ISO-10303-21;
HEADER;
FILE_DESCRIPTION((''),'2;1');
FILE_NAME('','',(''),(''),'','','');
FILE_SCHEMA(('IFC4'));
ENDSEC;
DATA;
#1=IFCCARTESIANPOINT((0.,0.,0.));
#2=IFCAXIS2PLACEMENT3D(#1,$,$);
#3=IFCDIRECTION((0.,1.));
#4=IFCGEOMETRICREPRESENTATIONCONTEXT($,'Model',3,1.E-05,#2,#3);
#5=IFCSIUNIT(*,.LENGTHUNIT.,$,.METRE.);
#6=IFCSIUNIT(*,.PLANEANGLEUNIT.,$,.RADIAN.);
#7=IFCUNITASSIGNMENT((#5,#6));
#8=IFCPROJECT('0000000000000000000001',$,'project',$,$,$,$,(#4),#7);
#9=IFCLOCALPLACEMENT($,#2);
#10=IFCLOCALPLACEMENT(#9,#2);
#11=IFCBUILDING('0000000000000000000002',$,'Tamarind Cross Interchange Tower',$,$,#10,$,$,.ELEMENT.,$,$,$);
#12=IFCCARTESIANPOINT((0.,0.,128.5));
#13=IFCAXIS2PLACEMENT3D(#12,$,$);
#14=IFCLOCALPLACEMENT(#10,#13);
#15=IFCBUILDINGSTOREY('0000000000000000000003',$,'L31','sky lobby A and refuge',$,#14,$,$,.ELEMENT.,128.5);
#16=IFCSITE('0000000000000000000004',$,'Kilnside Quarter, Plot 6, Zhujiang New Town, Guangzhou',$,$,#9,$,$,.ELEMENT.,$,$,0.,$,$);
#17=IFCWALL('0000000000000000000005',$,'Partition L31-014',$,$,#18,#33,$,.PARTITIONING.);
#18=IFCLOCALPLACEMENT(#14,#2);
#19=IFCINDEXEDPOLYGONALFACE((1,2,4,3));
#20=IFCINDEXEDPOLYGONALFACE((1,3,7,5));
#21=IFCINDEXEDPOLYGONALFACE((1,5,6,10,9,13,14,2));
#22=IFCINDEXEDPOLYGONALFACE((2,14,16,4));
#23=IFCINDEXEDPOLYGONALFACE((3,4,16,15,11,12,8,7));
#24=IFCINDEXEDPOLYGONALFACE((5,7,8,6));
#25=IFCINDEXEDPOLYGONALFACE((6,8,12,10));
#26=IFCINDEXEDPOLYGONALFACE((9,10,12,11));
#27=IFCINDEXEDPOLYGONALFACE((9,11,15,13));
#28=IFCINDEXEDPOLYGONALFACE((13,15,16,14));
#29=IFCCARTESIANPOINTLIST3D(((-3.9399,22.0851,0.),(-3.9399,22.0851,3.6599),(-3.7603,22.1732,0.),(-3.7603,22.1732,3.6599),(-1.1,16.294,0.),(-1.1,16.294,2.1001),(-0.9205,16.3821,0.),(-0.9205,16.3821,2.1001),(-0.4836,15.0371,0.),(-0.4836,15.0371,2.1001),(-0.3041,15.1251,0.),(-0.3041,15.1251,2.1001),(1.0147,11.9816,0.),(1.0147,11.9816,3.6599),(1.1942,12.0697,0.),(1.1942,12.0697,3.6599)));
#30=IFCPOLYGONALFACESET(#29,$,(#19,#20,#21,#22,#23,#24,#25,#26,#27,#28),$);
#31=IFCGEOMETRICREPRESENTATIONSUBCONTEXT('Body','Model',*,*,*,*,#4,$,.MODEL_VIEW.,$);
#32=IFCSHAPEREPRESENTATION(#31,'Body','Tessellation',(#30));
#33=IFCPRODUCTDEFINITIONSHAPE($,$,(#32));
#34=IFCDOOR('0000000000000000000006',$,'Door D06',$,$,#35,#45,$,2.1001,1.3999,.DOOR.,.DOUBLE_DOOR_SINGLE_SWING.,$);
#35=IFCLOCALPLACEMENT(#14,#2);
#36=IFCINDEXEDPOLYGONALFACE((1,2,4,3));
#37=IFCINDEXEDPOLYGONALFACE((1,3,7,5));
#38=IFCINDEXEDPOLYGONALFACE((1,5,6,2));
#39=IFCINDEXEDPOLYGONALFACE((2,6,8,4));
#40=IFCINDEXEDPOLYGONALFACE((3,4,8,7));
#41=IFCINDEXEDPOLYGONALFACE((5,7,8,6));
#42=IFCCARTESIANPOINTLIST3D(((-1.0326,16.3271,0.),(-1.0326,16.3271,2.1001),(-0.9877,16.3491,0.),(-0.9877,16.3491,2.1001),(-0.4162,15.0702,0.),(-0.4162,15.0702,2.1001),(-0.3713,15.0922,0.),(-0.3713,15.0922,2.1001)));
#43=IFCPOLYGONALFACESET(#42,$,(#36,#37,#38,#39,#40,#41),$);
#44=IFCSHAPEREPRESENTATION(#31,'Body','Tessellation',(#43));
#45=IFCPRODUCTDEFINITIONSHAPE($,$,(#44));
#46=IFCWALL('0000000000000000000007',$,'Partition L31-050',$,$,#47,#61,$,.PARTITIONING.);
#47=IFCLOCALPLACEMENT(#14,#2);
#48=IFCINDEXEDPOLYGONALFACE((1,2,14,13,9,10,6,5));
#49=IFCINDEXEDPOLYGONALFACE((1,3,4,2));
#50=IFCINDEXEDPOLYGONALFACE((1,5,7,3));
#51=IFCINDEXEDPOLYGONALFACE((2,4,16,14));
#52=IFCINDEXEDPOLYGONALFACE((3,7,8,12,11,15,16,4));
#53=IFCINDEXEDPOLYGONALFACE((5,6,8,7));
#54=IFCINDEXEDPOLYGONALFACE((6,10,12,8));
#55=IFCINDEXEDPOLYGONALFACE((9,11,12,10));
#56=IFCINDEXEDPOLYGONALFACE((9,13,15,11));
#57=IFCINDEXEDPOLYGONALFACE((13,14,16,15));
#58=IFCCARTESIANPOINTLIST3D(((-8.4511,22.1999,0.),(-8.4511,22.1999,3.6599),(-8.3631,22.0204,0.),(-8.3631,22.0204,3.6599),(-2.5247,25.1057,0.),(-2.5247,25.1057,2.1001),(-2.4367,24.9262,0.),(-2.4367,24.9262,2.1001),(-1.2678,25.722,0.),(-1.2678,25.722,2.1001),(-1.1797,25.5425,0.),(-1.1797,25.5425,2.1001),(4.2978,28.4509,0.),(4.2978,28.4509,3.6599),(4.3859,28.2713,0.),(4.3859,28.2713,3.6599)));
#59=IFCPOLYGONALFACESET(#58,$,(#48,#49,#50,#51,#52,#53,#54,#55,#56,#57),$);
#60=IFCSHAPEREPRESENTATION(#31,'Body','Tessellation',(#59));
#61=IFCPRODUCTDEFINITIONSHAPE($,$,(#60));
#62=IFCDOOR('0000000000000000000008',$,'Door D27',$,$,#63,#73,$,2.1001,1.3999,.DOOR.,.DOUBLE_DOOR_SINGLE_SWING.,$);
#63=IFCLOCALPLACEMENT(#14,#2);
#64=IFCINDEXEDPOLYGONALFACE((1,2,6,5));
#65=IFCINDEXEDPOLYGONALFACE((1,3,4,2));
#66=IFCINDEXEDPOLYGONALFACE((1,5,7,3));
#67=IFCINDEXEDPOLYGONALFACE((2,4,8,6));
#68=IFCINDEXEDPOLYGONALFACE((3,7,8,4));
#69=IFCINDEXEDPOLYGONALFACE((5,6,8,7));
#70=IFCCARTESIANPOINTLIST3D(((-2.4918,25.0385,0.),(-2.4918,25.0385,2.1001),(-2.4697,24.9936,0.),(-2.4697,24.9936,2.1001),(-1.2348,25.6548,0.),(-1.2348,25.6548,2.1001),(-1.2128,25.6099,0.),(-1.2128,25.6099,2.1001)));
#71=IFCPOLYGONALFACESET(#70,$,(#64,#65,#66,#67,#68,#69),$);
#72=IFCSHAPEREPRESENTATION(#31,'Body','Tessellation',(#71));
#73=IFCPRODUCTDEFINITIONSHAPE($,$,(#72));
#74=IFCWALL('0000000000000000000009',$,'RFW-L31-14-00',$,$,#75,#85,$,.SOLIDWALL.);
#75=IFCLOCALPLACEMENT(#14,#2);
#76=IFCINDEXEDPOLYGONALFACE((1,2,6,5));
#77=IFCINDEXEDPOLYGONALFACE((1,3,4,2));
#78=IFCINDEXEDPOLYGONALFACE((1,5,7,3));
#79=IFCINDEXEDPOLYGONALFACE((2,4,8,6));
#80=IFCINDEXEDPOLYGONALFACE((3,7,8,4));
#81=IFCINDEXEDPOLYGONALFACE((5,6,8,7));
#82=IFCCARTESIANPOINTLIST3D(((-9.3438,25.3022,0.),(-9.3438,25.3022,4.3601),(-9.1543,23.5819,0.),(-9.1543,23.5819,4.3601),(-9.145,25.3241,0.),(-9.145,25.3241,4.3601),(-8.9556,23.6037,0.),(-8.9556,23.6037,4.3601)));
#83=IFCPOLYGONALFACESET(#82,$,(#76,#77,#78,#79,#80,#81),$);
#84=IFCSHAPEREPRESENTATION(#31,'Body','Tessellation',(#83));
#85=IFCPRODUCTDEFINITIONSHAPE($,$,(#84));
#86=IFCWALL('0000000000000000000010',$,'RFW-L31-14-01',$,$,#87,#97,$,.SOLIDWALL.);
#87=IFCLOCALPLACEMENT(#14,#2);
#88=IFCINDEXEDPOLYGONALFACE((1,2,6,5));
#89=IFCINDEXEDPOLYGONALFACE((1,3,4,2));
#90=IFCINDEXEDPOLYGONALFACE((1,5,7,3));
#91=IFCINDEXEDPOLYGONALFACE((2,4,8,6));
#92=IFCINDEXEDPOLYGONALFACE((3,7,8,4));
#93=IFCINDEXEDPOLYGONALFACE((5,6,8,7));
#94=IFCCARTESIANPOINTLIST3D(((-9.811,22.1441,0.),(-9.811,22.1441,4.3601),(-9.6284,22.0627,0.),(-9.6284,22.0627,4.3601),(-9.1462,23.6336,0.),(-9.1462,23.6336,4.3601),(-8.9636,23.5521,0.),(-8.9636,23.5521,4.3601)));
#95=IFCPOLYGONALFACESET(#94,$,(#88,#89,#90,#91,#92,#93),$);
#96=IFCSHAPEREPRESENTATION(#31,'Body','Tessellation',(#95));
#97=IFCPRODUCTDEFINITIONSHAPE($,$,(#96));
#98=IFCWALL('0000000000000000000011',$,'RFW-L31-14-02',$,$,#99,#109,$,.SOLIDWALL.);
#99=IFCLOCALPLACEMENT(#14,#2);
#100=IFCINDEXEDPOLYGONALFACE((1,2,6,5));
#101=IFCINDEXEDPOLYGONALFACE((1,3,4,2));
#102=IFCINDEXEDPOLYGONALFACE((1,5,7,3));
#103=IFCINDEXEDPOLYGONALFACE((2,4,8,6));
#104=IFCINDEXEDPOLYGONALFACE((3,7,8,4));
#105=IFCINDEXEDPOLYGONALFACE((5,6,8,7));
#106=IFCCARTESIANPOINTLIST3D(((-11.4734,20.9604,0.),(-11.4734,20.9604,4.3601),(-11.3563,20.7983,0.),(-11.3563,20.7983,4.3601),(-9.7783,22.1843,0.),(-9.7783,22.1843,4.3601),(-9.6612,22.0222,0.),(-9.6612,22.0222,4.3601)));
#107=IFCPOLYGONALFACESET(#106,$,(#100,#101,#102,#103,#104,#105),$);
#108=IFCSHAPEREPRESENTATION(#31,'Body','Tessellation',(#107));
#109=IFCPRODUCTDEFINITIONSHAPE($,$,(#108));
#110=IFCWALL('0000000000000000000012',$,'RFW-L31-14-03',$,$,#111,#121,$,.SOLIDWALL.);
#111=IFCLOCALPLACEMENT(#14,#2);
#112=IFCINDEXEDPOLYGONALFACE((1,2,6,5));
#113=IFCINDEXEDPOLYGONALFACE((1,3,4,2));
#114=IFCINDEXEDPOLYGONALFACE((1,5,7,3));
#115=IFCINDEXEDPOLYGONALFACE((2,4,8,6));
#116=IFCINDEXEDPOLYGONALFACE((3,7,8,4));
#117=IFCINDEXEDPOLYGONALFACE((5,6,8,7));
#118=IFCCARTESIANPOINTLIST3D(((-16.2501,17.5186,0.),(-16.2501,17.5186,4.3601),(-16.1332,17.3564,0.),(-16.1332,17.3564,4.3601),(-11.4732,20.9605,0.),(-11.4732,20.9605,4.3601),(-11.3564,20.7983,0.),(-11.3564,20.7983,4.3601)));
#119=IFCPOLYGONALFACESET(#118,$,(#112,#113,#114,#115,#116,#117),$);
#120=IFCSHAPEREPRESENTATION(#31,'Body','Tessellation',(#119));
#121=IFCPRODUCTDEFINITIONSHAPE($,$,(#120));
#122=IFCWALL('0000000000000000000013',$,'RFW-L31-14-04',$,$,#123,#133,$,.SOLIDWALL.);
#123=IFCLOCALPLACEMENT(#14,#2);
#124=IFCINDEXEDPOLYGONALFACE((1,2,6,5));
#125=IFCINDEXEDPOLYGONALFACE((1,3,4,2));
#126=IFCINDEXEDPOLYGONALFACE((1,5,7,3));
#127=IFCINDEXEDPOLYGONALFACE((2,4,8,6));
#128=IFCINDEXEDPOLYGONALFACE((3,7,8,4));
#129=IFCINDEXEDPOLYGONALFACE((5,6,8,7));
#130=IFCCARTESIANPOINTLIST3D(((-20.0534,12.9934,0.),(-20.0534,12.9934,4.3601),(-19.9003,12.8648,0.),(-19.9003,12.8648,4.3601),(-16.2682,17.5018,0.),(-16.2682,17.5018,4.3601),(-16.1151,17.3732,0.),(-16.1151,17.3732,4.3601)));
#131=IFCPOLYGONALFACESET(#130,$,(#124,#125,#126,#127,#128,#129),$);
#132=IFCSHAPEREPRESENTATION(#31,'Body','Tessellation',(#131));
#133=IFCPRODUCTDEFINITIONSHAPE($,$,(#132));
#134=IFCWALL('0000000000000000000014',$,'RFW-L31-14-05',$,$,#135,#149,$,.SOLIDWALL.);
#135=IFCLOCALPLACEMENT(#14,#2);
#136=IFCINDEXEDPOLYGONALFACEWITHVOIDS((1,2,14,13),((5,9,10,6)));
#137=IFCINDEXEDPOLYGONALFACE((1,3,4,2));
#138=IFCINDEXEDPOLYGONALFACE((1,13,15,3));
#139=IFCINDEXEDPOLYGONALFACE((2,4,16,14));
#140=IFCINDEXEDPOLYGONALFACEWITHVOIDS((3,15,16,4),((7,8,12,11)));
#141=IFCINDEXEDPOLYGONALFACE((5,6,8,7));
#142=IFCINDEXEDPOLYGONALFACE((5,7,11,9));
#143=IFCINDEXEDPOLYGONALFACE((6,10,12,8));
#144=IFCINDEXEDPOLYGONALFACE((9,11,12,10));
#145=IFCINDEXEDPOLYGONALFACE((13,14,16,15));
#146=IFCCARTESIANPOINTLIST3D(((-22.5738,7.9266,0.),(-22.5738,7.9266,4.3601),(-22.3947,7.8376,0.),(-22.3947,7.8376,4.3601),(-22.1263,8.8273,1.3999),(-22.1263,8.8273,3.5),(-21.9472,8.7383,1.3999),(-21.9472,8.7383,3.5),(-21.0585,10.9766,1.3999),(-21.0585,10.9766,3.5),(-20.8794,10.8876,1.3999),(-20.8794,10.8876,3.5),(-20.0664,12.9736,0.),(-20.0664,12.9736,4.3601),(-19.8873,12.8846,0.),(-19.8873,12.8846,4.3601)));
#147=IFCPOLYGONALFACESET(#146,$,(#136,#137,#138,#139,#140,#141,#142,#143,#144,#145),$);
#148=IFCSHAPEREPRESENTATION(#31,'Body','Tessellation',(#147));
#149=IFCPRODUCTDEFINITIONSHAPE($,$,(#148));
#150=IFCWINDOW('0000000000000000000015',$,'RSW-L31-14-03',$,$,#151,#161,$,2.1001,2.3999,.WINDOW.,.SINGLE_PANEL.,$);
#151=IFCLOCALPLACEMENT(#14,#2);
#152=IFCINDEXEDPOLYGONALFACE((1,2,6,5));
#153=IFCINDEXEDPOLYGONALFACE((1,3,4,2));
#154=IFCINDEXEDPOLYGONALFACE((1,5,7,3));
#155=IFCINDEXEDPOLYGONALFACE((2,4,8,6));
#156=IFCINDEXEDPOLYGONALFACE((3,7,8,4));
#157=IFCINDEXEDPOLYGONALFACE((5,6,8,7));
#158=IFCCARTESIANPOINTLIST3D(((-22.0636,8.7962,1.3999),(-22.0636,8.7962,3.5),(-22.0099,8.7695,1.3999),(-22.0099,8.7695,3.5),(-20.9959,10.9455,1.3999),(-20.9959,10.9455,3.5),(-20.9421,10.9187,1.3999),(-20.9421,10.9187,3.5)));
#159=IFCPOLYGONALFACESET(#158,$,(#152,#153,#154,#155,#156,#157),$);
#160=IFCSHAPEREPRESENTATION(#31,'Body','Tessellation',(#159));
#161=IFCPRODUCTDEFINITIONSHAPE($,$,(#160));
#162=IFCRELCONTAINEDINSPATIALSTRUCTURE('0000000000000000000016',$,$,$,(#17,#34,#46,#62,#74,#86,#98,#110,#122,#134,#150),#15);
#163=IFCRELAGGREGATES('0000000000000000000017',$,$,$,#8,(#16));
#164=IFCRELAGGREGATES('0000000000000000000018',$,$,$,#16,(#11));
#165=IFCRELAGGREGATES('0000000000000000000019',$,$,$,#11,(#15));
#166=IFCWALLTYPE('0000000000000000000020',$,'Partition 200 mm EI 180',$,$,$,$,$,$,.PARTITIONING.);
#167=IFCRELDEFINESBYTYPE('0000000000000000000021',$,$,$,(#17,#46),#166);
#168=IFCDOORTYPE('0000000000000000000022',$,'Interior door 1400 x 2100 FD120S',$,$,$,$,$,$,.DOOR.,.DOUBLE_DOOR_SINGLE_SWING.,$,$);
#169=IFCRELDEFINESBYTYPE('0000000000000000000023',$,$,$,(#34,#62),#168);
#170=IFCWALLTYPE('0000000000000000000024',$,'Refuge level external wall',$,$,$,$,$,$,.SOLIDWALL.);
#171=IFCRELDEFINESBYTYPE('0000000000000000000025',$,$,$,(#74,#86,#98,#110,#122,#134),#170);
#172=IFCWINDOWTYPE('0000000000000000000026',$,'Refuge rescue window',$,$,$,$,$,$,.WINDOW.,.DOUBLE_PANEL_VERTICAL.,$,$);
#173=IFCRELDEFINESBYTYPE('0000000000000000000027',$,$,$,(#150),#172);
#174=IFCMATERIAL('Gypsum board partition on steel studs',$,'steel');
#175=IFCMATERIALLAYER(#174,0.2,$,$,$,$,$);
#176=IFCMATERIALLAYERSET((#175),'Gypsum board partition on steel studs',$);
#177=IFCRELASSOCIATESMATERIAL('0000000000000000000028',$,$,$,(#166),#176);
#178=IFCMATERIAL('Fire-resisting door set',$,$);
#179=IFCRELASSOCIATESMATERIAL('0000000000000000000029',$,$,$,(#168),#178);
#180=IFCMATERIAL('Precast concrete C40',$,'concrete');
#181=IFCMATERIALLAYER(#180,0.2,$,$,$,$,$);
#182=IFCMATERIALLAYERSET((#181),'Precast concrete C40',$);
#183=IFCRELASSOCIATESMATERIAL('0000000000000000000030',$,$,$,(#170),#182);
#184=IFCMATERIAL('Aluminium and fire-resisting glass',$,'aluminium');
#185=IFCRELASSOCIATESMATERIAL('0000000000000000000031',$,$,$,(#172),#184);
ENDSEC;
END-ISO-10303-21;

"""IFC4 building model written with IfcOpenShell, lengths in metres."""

from ifc_helpers import new_model, si_unit, direction, frame, frame_2d, origin, place, context, subcontext, project, spatial, rectangle, extrude, material, layer, layer_set, type_object, element, fill, save


model = new_model("IFC4")

# Units and contexts
model_context = context("Model", 3, precision=1e-05, world=origin(), true_north=direction((0.0, 1.0)))
body_context = subcontext(model_context, "Body", "Model", "MODEL_VIEW")
ifc_project = project(units=[si_unit("LENGTHUNIT", "METRE"), si_unit("PLANEANGLEUNIT", "RADIAN")], contexts=[model_context])

# Site, building, storey
site_placement = place(None, origin())
site = spatial("IfcSite", under=ifc_project, at=site_placement, Name="Kilnside Quarter, Plot 6, Zhujiang New Town, Guangzhou", CompositionType="ELEMENT", RefElevation=0.0)
building_placement = place(site_placement, origin())
building = spatial("IfcBuilding", under=site, at=building_placement, Name="Tamarind Cross Interchange Tower", CompositionType="ELEMENT")
storey_placement = place(building_placement, frame((0.0, 0.0, 128.5)))
storey = spatial("IfcBuildingStorey", under=building, at=storey_placement, Name="L31", Description="sky lobby A and refuge", CompositionType="ELEMENT", Elevation=128.5)

# Shared definitions
ifc_material_1 = material(Name="Gypsum board partition on steel studs", Category="steel")
ifc_layer_1 = layer(ifc_material_1, 0.2)
ifc_layer_set_1 = layer_set([ifc_layer_1], Name="Gypsum board partition on steel studs")
wall_type_1 = type_object("IfcWallType", Name="Partition 200 mm EI 180", PredefinedType="PARTITIONING", material=ifc_layer_set_1)

# Walls, openings, doors
wall_1_placement = place(storey_placement, frame((-3.8501, 22.1292, 0.0), z_axis=(0.0, 0.0, 1.0), x_axis=(0.440292, -0.897854, 0.0)))
wall_1 = element("IfcWall", 1, at=wall_1_placement, inside=storey, type_object=wall_type_1, Name="Partition L31-014", PredefinedType="PARTITIONING", context=body_context, shape_type="SweptSolid", body=[
    extrude(rectangle(XDim=11.2529, YDim=0.2, at=frame_2d((5.6265, 0.0))), origin(), (0.0, 0.0, 1.0), 3.6599),
])
opening_1_placement = place(wall_1_placement, frame((6.45, 0.0, 0.0)))
opening_1 = element("IfcOpeningElement", 2, at=opening_1_placement, cuts=wall_1, PredefinedType="OPENING", context=body_context, shape_type="SweptSolid", body=[
    extrude(rectangle(XDim=1.3999, YDim=2.1001, at=frame_2d((0.7, 1.05))), frame((0.0, 0.1099, 0.0), z_axis=(0.0, -1.0, 0.0), x_axis=(1.0, 0.0, 0.0)), (0.0, 0.0, 1.0), 0.22),
])
ifc_material_2 = material(Name="Fire-resisting door set")
door_type_1 = type_object("IfcDoorType", Name="Interior door 1400 x 2100 FD120S", OperationType="DOUBLE_DOOR_SINGLE_SWING", PredefinedType="DOOR", material=ifc_material_2)
door_1_placement = place(opening_1_placement, frame((1.3999, 0.0, 0.0), z_axis=(0.0, 0.0, 1.0), x_axis=(-1.0, 0.0, 0.0)))
door_1 = element("IfcDoor", 3, at=door_1_placement, inside=storey, type_object=door_type_1, Name="Door D06", OperationType="DOUBLE_DOOR_SINGLE_SWING", OverallHeight=2.1001, OverallWidth=1.3999, PredefinedType="DOOR", context=body_context, shape_type="SweptSolid", body=[
    extrude(rectangle(XDim=1.3999, YDim=2.1001, at=frame_2d((0.7, 1.05))), frame((0.0, 0.0249, 0.0), z_axis=(0.0, -1.0, 0.0), x_axis=(1.0, 0.0, 0.0)), (0.0, 0.0, 1.0), 0.05),
])
fill(opening_1, door_1)
wall_2_placement = place(storey_placement, frame((-8.4072, 22.1101, 0.0), z_axis=(0.0, 0.0, 1.0), x_axis=(0.89788, 0.44024, 0.0)))
wall_2 = element("IfcWall", 4, at=wall_2_placement, inside=storey, type_object=wall_type_1, Name="Partition L31-050", PredefinedType="PARTITIONING", context=body_context, shape_type="SweptSolid", body=[
    extrude(rectangle(XDim=14.199, YDim=0.2, at=frame_2d((7.0996, 0.0))), origin(), (0.0, 0.0, 1.0), 3.6599),
])
opening_2_placement = place(wall_2_placement, frame((6.6006, 0.0, 0.0)))
opening_2 = element("IfcOpeningElement", 5, at=opening_2_placement, cuts=wall_2, PredefinedType="OPENING", context=body_context, shape_type="SweptSolid", body=[
    extrude(rectangle(XDim=1.3999, YDim=2.1001, at=frame_2d((0.7, 1.05))), frame((0.0, 0.1099, 0.0), z_axis=(0.0, -1.0, 0.0), x_axis=(1.0, 0.0, 0.0)), (0.0, 0.0, 1.0), 0.22),
])
door_2_placement = place(opening_2_placement, frame((1.3999, 0.0, 0.0), z_axis=(0.0, 0.0, 1.0), x_axis=(-1.0, 0.0, 0.0)))
door_2 = element("IfcDoor", 6, at=door_2_placement, inside=storey, type_object=door_type_1, Name="Door D27", OperationType="DOUBLE_DOOR_SINGLE_SWING", OverallHeight=2.1001, OverallWidth=1.3999, PredefinedType="DOOR", context=body_context, shape_type="SweptSolid", body=[
    extrude(rectangle(XDim=1.3999, YDim=2.1001, at=frame_2d((0.7, 1.05))), frame((0.0, 0.0249, 0.0), z_axis=(0.0, -1.0, 0.0), x_axis=(1.0, 0.0, 0.0)), (0.0, 0.0, 1.0), 0.05),
])
fill(opening_2, door_2)

# Walls
ifc_material_3 = material(Name="Precast concrete C40", Category="concrete")
ifc_layer_2 = layer(ifc_material_3, 0.2)
ifc_layer_set_2 = layer_set([ifc_layer_2], Name="Precast concrete C40")
wall_type_2 = type_object("IfcWallType", Name="Refuge level external wall", PredefinedType="SOLIDWALL", material=ifc_layer_set_2)
wall_3_placement = place(storey_placement, frame((-9.2444, 25.313, 0.0), z_axis=(0.0, 0.0, 1.0), x_axis=(0.109472, -0.99399, 0.0)))
element("IfcWall", 7, at=wall_3_placement, inside=storey, type_object=wall_type_2, Name="RFW-L31-14-00", PredefinedType="SOLIDWALL", context=body_context, shape_type="SweptSolid", body=[
    extrude(rectangle(XDim=1.7307, YDim=0.2, at=frame_2d((0.8652, 0.0))), origin(), (0.0, 0.0, 1.0), 4.3601),
])
wall_4_placement = place(storey_placement, frame((-9.0549, 23.5928, 0.0), z_axis=(0.0, 0.0, 1.0), x_axis=(-0.407568, -0.913175, 0.0)))
element("IfcWall", 8, at=wall_4_placement, inside=storey, type_object=wall_type_2, Name="RFW-L31-14-01", PredefinedType="SOLIDWALL", context=body_context, shape_type="SweptSolid", body=[
    extrude(rectangle(XDim=1.6311, YDim=0.2, at=frame_2d((0.8154, 0.0))), origin(), (0.0, 0.0, 1.0), 4.3601),
])
wall_5_placement = place(storey_placement, frame((-9.7197, 22.1033, 0.0), z_axis=(0.0, 0.0, 1.0), x_axis=(-0.810756, -0.585384, 0.0)))
element("IfcWall", 9, at=wall_5_placement, inside=storey, type_object=wall_type_2, Name="RFW-L31-14-02", PredefinedType="SOLIDWALL", context=body_context, shape_type="SweptSolid", body=[
    extrude(rectangle(XDim=2.0908, YDim=0.2, at=frame_2d((1.0454, 0.0))), origin(), (0.0, 0.0, 1.0), 4.3601),
])
wall_6_placement = place(storey_placement, frame((-11.4148, 20.8794, 0.0), z_axis=(0.0, 0.0, 1.0), x_axis=(-0.811328, -0.584591, 0.0)))
element("IfcWall", 10, at=wall_6_placement, inside=storey, type_object=wall_type_2, Name="RFW-L31-14-03", PredefinedType="SOLIDWALL", context=body_context, shape_type="SweptSolid", body=[
    extrude(rectangle(XDim=5.8877, YDim=0.2, at=frame_2d((2.9438, 0.0))), origin(), (0.0, 0.0, 1.0), 4.3601),
])
wall_7_placement = place(storey_placement, frame((-16.1917, 17.4375, 0.0), z_axis=(0.0, 0.0, 1.0), x_axis=(-0.643011, -0.765857, 0.0)))
element("IfcWall", 11, at=wall_7_placement, inside=storey, type_object=wall_type_2, Name="RFW-L31-14-04", PredefinedType="SOLIDWALL", context=body_context, shape_type="SweptSolid", body=[
    extrude(rectangle(XDim=5.8867, YDim=0.2, at=frame_2d((2.9434, 0.0))), origin(), (0.0, 0.0, 1.0), 4.3601),
])

# Wall, opening, window
wall_8_placement = place(storey_placement, frame((-19.9768, 12.9292, 0.0), z_axis=(0.0, 0.0, 1.0), x_axis=(-0.444925, -0.895568, 0.0)))
wall_8 = element("IfcWall", 12, at=wall_8_placement, inside=storey, type_object=wall_type_2, Name="RFW-L31-14-05", PredefinedType="SOLIDWALL", context=body_context, shape_type="SweptSolid", body=[
    extrude(rectangle(XDim=5.6355, YDim=0.2, at=frame_2d((2.8179, 0.0))), origin(), (0.0, 0.0, 1.0), 4.3601),
])
opening_3_placement = place(wall_8_placement, frame((2.23, 0.0, 1.3999)))
opening_3 = element("IfcOpeningElement", 13, at=opening_3_placement, cuts=wall_8, PredefinedType="OPENING", context=body_context, shape_type="SweptSolid", body=[
    extrude(rectangle(XDim=2.3999, YDim=2.1001, at=frame_2d((1.2, 1.05))), frame((0.0, 0.1099, 0.0), z_axis=(0.0, -1.0, 0.0), x_axis=(1.0, 0.0, 0.0)), (0.0, 0.0, 1.0), 0.22),
])
ifc_material_4 = material(Name="Aluminium and fire-resisting glass", Category="aluminium")
window_type = type_object("IfcWindowType", Name="Refuge rescue window", PartitioningType="DOUBLE_PANEL_VERTICAL", PredefinedType="WINDOW", material=ifc_material_4)
window_placement = place(opening_3_placement, origin())
window = element("IfcWindow", 14, at=window_placement, inside=storey, type_object=window_type, Name="RSW-L31-14-03", OverallHeight=2.1001, OverallWidth=2.3999, PartitioningType="SINGLE_PANEL", PredefinedType="WINDOW", context=body_context, shape_type="SweptSolid", body=[
    extrude(rectangle(XDim=2.3999, YDim=2.1001, at=frame_2d((1.2, 1.05))), frame((0.0, 0.03, 0.0), z_axis=(0.0, -1.0, 0.0), x_axis=(1.0, 0.0, 0.0)), (0.0, 0.0, 1.0), 0.0601),
])
fill(opening_3, window)

save(model, "model.ifc")
